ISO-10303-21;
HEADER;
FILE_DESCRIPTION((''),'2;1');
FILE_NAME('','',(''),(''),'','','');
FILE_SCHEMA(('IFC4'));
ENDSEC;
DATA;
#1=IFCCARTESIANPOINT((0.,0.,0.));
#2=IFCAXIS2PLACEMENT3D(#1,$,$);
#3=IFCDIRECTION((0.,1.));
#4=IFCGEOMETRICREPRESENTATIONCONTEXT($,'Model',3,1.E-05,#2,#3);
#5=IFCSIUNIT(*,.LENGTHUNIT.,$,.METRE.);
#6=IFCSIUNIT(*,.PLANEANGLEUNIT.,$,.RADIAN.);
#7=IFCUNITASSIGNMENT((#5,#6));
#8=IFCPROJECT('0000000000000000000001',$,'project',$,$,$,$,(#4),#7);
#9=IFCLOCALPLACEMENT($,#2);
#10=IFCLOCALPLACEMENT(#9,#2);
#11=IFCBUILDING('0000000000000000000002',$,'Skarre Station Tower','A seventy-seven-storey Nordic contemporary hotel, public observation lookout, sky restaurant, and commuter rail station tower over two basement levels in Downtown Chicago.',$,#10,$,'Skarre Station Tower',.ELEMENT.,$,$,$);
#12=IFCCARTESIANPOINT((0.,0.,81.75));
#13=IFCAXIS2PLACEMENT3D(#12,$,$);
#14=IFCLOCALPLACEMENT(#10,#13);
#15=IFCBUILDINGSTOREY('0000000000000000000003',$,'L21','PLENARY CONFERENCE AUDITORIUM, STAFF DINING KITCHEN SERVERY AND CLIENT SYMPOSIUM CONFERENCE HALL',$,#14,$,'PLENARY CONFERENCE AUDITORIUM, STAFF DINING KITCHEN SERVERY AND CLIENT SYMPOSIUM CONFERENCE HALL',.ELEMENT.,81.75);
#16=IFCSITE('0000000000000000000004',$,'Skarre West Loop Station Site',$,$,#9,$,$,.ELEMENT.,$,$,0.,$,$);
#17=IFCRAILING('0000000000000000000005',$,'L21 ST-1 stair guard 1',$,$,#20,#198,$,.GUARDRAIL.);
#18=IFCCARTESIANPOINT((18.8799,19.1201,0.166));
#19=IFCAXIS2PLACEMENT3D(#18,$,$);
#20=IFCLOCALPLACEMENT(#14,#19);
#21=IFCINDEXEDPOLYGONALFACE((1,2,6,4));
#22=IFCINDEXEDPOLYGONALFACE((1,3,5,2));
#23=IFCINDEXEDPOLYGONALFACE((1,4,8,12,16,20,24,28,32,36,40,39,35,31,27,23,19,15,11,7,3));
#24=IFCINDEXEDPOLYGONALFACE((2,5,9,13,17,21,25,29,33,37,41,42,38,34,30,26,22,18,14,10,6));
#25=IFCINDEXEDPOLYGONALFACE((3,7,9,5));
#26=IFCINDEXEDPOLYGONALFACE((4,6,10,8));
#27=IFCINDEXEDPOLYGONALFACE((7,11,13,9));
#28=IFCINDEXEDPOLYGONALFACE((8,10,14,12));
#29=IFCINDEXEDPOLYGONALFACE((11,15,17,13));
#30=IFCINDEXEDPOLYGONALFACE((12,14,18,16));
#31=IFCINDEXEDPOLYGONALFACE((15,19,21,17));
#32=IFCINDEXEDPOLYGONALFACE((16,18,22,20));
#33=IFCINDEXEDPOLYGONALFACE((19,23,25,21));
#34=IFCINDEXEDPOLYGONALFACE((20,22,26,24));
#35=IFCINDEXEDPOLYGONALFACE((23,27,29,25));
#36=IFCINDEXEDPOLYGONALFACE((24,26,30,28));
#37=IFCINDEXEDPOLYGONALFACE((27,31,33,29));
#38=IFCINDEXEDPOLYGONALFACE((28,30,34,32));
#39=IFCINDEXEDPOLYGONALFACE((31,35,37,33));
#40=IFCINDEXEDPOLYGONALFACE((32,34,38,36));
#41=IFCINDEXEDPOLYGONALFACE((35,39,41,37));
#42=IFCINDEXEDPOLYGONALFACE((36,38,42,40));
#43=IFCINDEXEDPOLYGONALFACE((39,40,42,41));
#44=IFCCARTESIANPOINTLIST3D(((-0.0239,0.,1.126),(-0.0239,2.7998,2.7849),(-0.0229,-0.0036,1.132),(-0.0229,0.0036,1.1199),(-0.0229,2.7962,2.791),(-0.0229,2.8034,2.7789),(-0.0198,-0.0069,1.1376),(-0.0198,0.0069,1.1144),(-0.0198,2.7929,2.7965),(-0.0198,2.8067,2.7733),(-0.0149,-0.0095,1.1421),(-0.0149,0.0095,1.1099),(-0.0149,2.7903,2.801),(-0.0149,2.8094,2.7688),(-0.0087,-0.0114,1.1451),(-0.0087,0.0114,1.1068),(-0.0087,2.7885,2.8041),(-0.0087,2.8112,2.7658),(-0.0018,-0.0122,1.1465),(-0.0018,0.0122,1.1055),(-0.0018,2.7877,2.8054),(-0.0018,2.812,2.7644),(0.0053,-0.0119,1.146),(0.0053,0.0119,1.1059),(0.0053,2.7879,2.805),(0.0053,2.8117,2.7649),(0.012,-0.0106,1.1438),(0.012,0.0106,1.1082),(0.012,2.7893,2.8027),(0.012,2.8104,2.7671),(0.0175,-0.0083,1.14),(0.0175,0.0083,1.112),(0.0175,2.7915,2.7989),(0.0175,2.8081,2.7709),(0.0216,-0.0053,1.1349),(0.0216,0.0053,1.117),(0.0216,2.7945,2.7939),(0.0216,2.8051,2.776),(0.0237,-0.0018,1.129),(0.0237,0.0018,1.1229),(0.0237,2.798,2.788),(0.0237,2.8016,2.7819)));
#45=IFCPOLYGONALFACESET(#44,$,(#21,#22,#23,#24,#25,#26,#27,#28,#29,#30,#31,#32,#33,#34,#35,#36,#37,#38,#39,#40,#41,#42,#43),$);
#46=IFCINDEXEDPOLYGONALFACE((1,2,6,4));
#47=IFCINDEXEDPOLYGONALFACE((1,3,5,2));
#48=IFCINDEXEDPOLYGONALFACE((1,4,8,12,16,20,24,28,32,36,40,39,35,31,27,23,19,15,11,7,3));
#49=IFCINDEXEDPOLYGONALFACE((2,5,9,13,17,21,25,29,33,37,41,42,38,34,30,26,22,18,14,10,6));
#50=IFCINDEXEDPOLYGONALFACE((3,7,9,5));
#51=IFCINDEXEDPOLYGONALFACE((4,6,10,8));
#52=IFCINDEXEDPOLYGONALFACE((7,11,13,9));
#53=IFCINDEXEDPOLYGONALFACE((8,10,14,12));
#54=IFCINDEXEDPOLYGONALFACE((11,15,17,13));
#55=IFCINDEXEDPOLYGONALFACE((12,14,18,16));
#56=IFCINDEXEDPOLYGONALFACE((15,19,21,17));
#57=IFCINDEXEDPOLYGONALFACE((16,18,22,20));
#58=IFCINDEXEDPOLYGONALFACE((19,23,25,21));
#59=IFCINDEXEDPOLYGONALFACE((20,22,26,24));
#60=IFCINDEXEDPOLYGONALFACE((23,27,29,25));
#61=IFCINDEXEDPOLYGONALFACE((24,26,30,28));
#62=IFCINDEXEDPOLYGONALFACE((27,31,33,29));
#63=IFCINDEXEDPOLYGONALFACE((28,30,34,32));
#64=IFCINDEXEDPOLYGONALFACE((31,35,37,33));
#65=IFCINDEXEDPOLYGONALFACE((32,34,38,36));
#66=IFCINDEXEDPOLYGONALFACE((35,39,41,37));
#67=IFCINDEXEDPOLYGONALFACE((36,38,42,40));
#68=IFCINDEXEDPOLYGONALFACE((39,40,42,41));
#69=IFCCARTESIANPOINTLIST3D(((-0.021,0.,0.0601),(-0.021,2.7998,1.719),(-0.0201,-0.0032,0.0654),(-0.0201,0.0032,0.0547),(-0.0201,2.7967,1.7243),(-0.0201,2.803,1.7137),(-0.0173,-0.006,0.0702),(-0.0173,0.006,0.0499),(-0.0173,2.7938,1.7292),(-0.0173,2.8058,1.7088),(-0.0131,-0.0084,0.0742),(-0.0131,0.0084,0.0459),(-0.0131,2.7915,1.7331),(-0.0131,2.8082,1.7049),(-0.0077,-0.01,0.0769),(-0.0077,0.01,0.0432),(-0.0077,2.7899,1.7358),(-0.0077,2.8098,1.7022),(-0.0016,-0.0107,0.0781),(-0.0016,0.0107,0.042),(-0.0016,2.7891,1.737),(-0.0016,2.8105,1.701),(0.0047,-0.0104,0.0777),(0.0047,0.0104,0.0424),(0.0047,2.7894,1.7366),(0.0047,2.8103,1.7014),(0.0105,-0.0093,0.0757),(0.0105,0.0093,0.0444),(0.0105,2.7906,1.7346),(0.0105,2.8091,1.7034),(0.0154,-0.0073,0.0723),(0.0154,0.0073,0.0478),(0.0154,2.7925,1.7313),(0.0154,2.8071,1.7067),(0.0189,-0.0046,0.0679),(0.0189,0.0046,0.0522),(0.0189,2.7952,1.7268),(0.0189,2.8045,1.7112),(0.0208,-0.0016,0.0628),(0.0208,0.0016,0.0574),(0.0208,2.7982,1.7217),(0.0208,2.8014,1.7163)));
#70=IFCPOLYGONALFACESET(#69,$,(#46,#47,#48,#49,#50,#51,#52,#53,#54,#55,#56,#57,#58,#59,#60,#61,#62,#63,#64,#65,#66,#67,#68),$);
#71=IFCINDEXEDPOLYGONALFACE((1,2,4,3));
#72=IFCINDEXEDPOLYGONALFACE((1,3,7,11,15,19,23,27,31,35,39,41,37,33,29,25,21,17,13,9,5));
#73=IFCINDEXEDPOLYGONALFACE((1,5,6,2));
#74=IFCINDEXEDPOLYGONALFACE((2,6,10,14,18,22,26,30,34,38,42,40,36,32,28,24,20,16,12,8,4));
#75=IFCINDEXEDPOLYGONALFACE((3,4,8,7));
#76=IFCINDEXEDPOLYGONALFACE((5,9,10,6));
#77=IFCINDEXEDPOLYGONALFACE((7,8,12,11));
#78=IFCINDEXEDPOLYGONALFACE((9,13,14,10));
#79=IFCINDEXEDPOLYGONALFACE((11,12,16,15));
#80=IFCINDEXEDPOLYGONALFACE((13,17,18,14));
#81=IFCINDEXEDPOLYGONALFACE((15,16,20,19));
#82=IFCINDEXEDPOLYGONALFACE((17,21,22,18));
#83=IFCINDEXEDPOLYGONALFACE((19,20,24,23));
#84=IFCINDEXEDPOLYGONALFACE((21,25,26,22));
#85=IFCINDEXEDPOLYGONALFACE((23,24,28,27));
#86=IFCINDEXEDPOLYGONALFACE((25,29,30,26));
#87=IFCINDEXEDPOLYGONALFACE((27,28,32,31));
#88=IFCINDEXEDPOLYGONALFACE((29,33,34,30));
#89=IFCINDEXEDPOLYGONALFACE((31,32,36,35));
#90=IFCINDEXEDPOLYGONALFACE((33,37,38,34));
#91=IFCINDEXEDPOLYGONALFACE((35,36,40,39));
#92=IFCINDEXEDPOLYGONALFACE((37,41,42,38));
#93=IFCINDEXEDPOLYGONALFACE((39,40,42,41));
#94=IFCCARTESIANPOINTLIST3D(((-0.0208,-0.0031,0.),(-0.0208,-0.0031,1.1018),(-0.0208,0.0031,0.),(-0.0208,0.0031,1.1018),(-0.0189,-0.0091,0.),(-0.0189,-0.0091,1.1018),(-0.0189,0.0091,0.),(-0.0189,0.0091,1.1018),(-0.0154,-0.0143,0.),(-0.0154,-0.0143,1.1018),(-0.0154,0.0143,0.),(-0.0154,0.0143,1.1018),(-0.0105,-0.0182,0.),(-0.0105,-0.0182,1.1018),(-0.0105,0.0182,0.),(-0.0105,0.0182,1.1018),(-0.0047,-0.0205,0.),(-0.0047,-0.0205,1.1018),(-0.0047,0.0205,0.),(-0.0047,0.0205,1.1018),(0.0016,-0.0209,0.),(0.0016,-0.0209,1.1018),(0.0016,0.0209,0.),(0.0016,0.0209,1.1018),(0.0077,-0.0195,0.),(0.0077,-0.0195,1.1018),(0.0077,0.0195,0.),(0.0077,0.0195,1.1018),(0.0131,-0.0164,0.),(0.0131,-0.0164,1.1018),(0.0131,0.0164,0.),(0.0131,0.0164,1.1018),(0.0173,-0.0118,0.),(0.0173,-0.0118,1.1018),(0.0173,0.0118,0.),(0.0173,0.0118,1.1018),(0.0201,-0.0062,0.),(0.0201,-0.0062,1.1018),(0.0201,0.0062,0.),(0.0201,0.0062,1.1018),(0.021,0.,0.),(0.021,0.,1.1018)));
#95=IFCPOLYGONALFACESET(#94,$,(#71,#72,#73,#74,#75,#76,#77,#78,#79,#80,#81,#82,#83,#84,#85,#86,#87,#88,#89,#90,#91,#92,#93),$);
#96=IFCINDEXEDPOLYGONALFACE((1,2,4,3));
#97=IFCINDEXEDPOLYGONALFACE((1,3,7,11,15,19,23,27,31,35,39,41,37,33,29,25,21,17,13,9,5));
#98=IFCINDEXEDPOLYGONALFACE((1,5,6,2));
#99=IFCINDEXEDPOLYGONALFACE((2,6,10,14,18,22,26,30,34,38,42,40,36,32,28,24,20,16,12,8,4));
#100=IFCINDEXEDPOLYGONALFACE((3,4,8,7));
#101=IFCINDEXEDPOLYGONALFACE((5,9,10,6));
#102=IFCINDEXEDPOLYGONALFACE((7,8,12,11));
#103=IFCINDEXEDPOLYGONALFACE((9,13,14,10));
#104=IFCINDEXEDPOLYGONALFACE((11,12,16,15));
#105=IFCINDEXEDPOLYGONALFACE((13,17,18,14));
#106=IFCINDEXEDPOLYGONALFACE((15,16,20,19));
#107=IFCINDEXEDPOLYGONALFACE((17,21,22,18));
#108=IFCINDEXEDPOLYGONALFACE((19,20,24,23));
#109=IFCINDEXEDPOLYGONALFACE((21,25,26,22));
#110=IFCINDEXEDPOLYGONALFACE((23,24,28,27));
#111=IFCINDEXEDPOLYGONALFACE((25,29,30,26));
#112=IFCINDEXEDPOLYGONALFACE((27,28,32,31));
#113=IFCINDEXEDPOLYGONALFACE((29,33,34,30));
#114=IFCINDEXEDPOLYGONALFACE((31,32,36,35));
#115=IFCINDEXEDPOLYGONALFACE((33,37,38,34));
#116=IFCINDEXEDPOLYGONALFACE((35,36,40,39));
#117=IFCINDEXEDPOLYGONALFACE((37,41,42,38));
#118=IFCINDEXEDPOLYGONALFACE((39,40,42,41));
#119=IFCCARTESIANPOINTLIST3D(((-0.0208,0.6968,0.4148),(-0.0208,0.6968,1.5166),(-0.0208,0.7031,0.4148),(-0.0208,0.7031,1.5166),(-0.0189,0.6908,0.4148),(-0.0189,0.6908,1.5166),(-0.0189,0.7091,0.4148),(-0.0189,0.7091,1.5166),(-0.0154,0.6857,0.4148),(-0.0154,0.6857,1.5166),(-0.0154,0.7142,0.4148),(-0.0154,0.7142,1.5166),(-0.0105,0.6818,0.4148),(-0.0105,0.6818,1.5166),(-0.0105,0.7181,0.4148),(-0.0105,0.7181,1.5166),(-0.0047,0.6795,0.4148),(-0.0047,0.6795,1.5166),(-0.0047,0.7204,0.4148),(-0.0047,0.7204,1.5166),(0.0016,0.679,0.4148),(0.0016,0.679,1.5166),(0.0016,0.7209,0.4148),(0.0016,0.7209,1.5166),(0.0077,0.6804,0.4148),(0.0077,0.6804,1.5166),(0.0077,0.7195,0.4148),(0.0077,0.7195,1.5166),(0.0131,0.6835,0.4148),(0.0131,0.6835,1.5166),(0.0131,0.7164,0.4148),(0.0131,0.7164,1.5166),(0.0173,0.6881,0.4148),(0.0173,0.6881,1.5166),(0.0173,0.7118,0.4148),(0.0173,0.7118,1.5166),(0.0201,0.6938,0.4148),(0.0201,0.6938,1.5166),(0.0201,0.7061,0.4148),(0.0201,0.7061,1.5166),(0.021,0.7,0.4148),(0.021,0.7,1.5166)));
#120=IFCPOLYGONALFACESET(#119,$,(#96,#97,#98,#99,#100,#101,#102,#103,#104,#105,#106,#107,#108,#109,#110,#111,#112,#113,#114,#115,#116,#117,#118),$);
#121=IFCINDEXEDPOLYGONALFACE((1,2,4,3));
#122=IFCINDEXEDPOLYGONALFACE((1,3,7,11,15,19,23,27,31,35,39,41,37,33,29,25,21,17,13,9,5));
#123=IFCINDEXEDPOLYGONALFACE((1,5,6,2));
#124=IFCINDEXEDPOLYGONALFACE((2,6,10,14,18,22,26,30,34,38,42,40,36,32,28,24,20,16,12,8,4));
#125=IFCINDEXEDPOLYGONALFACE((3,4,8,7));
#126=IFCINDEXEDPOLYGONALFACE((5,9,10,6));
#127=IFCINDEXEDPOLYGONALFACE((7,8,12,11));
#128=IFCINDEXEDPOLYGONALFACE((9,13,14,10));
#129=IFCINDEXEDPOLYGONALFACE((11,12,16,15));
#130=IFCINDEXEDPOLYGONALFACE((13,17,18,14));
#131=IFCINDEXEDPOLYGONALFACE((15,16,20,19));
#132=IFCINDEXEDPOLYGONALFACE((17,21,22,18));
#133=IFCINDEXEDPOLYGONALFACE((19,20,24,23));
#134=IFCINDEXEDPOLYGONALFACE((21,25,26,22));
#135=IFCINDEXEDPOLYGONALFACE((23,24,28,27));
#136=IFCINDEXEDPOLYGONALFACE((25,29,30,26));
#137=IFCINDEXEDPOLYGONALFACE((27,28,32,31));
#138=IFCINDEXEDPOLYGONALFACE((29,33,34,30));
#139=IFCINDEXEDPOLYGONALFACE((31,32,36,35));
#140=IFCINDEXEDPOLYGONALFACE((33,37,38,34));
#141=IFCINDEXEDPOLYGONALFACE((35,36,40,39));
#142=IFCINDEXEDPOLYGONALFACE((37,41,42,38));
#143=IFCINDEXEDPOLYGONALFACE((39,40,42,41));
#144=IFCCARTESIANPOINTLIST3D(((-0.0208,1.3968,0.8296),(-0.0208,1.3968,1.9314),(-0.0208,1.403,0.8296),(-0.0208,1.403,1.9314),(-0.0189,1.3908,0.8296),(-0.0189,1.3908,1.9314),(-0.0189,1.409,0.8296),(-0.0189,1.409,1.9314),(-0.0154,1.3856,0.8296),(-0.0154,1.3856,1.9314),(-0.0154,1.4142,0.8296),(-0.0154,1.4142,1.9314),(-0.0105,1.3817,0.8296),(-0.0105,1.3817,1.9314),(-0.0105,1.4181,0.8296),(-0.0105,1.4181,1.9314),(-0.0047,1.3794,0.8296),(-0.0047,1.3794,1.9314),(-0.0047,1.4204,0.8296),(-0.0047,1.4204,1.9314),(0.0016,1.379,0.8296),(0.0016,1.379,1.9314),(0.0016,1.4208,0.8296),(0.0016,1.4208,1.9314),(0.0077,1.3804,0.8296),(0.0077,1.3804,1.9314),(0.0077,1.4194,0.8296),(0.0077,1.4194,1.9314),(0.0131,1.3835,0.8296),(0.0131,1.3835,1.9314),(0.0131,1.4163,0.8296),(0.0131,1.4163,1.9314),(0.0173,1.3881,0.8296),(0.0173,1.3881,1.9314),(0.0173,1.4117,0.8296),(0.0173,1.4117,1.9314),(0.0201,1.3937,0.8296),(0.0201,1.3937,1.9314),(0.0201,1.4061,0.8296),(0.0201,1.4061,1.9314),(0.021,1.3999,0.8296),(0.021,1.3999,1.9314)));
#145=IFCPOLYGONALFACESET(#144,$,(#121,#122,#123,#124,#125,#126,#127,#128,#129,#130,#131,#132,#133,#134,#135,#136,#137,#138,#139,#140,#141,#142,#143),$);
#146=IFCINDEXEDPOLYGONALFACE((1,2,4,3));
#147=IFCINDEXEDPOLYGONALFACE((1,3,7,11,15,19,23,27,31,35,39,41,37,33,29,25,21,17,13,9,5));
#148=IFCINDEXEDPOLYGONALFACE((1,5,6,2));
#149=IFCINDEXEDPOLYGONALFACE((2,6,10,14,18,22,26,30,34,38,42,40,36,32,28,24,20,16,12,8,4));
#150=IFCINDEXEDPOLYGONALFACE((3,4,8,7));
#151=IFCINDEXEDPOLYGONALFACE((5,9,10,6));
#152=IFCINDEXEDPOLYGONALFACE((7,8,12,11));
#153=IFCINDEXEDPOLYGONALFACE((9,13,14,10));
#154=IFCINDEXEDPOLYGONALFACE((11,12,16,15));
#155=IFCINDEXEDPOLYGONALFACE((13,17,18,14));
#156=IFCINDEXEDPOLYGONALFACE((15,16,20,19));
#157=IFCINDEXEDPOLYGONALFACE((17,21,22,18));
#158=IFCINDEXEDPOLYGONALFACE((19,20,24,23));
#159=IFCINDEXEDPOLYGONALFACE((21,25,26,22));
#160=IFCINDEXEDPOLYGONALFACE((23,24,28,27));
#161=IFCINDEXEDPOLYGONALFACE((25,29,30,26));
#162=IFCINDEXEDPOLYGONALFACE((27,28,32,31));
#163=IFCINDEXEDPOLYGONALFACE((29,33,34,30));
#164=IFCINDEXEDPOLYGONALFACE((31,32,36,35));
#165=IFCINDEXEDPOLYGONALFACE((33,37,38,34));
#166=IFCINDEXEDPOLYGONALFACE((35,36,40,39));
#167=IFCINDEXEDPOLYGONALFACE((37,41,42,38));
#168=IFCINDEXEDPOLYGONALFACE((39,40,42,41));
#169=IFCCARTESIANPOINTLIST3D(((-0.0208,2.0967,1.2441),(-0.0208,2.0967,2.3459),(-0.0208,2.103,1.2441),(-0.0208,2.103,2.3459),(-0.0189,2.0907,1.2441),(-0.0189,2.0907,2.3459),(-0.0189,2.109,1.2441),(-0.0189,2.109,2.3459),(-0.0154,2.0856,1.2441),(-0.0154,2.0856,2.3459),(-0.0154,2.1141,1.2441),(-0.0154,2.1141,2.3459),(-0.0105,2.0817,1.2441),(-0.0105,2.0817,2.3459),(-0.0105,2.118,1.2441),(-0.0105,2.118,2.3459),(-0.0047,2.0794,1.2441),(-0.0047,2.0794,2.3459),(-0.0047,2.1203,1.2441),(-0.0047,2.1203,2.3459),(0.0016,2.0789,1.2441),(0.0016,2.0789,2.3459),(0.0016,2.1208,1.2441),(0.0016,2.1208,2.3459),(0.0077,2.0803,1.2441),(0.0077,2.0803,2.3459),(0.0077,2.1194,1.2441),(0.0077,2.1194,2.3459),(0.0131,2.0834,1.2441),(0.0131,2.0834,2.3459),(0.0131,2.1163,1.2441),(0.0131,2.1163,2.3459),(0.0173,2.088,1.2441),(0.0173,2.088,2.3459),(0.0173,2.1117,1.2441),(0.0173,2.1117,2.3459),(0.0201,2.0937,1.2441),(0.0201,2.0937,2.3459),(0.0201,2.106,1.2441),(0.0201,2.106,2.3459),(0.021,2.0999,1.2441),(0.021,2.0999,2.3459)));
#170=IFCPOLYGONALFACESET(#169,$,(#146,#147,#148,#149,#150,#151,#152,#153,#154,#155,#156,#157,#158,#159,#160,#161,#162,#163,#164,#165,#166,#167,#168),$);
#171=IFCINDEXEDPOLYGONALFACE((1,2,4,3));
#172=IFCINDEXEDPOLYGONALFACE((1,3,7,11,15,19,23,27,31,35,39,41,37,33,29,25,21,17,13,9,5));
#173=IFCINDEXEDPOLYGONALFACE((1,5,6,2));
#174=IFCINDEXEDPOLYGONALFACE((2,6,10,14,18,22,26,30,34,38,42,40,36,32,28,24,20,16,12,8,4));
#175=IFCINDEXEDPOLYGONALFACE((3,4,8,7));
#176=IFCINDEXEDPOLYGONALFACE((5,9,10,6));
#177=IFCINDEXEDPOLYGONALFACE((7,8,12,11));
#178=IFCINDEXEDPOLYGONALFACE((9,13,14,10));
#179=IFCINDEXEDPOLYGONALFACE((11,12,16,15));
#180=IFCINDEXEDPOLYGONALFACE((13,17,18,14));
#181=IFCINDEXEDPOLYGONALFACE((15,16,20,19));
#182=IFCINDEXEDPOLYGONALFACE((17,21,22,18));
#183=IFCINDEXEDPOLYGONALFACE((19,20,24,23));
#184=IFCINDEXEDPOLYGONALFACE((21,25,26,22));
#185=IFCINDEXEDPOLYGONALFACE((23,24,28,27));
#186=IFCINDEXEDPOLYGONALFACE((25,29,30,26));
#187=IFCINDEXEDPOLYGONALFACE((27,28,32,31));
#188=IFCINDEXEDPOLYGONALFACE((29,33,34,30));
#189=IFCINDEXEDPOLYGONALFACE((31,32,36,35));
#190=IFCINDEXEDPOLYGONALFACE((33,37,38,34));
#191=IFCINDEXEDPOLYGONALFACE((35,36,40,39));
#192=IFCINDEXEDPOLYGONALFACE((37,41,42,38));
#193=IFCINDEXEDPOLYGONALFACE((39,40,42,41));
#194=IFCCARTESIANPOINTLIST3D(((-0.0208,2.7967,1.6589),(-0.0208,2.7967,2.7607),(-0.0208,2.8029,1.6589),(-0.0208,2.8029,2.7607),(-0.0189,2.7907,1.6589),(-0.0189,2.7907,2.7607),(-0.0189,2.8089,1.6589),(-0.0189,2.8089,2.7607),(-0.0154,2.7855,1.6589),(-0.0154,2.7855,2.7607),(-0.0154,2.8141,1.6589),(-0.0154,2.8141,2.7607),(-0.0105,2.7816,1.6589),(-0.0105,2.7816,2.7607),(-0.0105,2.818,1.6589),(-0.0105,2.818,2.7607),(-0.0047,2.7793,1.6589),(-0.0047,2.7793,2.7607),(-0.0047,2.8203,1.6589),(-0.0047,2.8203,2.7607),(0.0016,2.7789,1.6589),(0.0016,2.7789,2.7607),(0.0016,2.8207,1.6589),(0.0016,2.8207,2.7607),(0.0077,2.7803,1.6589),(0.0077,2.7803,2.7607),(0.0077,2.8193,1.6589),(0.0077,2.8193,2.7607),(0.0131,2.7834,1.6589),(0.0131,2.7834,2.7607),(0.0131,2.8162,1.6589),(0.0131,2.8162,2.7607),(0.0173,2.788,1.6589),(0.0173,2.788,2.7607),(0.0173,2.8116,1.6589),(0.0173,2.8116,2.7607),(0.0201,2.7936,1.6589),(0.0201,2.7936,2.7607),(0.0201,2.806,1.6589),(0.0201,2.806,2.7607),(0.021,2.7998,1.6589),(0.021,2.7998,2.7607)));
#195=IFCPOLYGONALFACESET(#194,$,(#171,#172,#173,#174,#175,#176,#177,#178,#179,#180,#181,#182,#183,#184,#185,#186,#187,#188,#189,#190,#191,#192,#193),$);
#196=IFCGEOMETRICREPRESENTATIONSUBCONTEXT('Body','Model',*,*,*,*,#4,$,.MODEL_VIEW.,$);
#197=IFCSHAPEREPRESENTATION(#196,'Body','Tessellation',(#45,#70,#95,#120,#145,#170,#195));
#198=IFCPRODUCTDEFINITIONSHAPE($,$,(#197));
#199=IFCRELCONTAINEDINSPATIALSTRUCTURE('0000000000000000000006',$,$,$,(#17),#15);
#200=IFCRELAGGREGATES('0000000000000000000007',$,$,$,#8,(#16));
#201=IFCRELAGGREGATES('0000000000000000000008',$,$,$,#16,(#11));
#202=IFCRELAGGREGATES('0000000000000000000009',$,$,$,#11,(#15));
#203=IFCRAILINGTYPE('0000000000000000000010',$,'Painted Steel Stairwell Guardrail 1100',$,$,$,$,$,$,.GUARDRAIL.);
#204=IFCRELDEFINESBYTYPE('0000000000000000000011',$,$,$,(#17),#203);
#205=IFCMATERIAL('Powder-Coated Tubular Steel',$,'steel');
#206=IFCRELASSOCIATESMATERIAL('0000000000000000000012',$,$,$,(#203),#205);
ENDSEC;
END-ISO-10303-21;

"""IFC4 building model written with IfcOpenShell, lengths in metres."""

from ifc_helpers import new_model, si_unit, direction, frame, origin, origin_2d, place, context, subcontext, project, spatial, circle, extrude, material, type_object, element, save


model = new_model("IFC4")

# Units and contexts
model_context = context("Model", 3, precision=1e-05, world=origin(), true_north=direction((0.0, 1.0)))
body_context = subcontext(model_context, "Body", "Model", "MODEL_VIEW")
ifc_project = project(units=[si_unit("LENGTHUNIT", "METRE"), si_unit("PLANEANGLEUNIT", "RADIAN")], contexts=[model_context])

# Site, building, storey
site_placement = place(None, origin())
site = spatial("IfcSite", under=ifc_project, at=site_placement, Name="Skarre West Loop Station Site", CompositionType="ELEMENT", RefElevation=0.0)
building_placement = place(site_placement, origin())
building = spatial("IfcBuilding", under=site, at=building_placement, Name="Skarre Station Tower", Description="A seventy-seven-storey Nordic contemporary hotel, public observation lookout, sky restaurant, and commuter rail station tower over two basement levels in Downtown Chicago.", LongName="Skarre Station Tower", CompositionType="ELEMENT")
storey_placement = place(building_placement, frame((0.0, 0.0, 81.75)))
storey = spatial("IfcBuildingStorey", under=building, at=storey_placement, Name="L21", Description="PLENARY CONFERENCE AUDITORIUM, STAFF DINING KITCHEN SERVERY AND CLIENT SYMPOSIUM CONFERENCE HALL", LongName="PLENARY CONFERENCE AUDITORIUM, STAFF DINING KITCHEN SERVERY AND CLIENT SYMPOSIUM CONFERENCE HALL", CompositionType="ELEMENT", Elevation=81.75)

# Railing
ifc_material_1 = material(Name="Powder-Coated Tubular Steel", Category="steel")
railing_type_1 = type_object("IfcRailingType", Name="Painted Steel Stairwell Guardrail 1100", PredefinedType="GUARDRAIL", material=ifc_material_1)
railing_1_placement = place(storey_placement, frame((18.8799, 19.1201, 0.166)))
element("IfcRailing", 1, at=railing_1_placement, inside=storey, type_object=railing_type_1, Name="L21 ST-1 stair guard 1", PredefinedType="GUARDRAIL", context=body_context, shape_type="SweptSolid", body=[
    extrude(circle(Radius=0.0239, at=origin_2d()), frame((0.0, 0.0, 1.126), z_axis=(0.0, 0.86032, 0.509755), x_axis=(-1.0, 0.0, 0.0)), (0.0, 0.0, 1.0), 3.2544),
    extrude(circle(Radius=0.021, at=origin_2d()), frame((0.0, 0.0, 0.0601), z_axis=(0.0, 0.86032, 0.509755), x_axis=(-1.0, 0.0, 0.0)), (0.0, 0.0, 1.0), 3.2544),
    extrude(circle(Radius=0.021, at=origin_2d()), origin(), (0.0, 0.0, 1.0), 1.1018),
    extrude(circle(Radius=0.021, at=origin_2d()), frame((0.0, 0.7, 0.4148)), (0.0, 0.0, 1.0), 1.1018),
    extrude(circle(Radius=0.021, at=origin_2d()), frame((0.0, 1.3999, 0.8296)), (0.0, 0.0, 1.0), 1.1018),
    extrude(circle(Radius=0.021, at=origin_2d()), frame((0.0, 2.0999, 1.2441)), (0.0, 0.0, 1.0), 1.1018),
    extrude(circle(Radius=0.021, at=origin_2d()), frame((0.0, 2.7998, 1.6589)), (0.0, 0.0, 1.0), 1.1018),
])

save(model, "model.ifc")
